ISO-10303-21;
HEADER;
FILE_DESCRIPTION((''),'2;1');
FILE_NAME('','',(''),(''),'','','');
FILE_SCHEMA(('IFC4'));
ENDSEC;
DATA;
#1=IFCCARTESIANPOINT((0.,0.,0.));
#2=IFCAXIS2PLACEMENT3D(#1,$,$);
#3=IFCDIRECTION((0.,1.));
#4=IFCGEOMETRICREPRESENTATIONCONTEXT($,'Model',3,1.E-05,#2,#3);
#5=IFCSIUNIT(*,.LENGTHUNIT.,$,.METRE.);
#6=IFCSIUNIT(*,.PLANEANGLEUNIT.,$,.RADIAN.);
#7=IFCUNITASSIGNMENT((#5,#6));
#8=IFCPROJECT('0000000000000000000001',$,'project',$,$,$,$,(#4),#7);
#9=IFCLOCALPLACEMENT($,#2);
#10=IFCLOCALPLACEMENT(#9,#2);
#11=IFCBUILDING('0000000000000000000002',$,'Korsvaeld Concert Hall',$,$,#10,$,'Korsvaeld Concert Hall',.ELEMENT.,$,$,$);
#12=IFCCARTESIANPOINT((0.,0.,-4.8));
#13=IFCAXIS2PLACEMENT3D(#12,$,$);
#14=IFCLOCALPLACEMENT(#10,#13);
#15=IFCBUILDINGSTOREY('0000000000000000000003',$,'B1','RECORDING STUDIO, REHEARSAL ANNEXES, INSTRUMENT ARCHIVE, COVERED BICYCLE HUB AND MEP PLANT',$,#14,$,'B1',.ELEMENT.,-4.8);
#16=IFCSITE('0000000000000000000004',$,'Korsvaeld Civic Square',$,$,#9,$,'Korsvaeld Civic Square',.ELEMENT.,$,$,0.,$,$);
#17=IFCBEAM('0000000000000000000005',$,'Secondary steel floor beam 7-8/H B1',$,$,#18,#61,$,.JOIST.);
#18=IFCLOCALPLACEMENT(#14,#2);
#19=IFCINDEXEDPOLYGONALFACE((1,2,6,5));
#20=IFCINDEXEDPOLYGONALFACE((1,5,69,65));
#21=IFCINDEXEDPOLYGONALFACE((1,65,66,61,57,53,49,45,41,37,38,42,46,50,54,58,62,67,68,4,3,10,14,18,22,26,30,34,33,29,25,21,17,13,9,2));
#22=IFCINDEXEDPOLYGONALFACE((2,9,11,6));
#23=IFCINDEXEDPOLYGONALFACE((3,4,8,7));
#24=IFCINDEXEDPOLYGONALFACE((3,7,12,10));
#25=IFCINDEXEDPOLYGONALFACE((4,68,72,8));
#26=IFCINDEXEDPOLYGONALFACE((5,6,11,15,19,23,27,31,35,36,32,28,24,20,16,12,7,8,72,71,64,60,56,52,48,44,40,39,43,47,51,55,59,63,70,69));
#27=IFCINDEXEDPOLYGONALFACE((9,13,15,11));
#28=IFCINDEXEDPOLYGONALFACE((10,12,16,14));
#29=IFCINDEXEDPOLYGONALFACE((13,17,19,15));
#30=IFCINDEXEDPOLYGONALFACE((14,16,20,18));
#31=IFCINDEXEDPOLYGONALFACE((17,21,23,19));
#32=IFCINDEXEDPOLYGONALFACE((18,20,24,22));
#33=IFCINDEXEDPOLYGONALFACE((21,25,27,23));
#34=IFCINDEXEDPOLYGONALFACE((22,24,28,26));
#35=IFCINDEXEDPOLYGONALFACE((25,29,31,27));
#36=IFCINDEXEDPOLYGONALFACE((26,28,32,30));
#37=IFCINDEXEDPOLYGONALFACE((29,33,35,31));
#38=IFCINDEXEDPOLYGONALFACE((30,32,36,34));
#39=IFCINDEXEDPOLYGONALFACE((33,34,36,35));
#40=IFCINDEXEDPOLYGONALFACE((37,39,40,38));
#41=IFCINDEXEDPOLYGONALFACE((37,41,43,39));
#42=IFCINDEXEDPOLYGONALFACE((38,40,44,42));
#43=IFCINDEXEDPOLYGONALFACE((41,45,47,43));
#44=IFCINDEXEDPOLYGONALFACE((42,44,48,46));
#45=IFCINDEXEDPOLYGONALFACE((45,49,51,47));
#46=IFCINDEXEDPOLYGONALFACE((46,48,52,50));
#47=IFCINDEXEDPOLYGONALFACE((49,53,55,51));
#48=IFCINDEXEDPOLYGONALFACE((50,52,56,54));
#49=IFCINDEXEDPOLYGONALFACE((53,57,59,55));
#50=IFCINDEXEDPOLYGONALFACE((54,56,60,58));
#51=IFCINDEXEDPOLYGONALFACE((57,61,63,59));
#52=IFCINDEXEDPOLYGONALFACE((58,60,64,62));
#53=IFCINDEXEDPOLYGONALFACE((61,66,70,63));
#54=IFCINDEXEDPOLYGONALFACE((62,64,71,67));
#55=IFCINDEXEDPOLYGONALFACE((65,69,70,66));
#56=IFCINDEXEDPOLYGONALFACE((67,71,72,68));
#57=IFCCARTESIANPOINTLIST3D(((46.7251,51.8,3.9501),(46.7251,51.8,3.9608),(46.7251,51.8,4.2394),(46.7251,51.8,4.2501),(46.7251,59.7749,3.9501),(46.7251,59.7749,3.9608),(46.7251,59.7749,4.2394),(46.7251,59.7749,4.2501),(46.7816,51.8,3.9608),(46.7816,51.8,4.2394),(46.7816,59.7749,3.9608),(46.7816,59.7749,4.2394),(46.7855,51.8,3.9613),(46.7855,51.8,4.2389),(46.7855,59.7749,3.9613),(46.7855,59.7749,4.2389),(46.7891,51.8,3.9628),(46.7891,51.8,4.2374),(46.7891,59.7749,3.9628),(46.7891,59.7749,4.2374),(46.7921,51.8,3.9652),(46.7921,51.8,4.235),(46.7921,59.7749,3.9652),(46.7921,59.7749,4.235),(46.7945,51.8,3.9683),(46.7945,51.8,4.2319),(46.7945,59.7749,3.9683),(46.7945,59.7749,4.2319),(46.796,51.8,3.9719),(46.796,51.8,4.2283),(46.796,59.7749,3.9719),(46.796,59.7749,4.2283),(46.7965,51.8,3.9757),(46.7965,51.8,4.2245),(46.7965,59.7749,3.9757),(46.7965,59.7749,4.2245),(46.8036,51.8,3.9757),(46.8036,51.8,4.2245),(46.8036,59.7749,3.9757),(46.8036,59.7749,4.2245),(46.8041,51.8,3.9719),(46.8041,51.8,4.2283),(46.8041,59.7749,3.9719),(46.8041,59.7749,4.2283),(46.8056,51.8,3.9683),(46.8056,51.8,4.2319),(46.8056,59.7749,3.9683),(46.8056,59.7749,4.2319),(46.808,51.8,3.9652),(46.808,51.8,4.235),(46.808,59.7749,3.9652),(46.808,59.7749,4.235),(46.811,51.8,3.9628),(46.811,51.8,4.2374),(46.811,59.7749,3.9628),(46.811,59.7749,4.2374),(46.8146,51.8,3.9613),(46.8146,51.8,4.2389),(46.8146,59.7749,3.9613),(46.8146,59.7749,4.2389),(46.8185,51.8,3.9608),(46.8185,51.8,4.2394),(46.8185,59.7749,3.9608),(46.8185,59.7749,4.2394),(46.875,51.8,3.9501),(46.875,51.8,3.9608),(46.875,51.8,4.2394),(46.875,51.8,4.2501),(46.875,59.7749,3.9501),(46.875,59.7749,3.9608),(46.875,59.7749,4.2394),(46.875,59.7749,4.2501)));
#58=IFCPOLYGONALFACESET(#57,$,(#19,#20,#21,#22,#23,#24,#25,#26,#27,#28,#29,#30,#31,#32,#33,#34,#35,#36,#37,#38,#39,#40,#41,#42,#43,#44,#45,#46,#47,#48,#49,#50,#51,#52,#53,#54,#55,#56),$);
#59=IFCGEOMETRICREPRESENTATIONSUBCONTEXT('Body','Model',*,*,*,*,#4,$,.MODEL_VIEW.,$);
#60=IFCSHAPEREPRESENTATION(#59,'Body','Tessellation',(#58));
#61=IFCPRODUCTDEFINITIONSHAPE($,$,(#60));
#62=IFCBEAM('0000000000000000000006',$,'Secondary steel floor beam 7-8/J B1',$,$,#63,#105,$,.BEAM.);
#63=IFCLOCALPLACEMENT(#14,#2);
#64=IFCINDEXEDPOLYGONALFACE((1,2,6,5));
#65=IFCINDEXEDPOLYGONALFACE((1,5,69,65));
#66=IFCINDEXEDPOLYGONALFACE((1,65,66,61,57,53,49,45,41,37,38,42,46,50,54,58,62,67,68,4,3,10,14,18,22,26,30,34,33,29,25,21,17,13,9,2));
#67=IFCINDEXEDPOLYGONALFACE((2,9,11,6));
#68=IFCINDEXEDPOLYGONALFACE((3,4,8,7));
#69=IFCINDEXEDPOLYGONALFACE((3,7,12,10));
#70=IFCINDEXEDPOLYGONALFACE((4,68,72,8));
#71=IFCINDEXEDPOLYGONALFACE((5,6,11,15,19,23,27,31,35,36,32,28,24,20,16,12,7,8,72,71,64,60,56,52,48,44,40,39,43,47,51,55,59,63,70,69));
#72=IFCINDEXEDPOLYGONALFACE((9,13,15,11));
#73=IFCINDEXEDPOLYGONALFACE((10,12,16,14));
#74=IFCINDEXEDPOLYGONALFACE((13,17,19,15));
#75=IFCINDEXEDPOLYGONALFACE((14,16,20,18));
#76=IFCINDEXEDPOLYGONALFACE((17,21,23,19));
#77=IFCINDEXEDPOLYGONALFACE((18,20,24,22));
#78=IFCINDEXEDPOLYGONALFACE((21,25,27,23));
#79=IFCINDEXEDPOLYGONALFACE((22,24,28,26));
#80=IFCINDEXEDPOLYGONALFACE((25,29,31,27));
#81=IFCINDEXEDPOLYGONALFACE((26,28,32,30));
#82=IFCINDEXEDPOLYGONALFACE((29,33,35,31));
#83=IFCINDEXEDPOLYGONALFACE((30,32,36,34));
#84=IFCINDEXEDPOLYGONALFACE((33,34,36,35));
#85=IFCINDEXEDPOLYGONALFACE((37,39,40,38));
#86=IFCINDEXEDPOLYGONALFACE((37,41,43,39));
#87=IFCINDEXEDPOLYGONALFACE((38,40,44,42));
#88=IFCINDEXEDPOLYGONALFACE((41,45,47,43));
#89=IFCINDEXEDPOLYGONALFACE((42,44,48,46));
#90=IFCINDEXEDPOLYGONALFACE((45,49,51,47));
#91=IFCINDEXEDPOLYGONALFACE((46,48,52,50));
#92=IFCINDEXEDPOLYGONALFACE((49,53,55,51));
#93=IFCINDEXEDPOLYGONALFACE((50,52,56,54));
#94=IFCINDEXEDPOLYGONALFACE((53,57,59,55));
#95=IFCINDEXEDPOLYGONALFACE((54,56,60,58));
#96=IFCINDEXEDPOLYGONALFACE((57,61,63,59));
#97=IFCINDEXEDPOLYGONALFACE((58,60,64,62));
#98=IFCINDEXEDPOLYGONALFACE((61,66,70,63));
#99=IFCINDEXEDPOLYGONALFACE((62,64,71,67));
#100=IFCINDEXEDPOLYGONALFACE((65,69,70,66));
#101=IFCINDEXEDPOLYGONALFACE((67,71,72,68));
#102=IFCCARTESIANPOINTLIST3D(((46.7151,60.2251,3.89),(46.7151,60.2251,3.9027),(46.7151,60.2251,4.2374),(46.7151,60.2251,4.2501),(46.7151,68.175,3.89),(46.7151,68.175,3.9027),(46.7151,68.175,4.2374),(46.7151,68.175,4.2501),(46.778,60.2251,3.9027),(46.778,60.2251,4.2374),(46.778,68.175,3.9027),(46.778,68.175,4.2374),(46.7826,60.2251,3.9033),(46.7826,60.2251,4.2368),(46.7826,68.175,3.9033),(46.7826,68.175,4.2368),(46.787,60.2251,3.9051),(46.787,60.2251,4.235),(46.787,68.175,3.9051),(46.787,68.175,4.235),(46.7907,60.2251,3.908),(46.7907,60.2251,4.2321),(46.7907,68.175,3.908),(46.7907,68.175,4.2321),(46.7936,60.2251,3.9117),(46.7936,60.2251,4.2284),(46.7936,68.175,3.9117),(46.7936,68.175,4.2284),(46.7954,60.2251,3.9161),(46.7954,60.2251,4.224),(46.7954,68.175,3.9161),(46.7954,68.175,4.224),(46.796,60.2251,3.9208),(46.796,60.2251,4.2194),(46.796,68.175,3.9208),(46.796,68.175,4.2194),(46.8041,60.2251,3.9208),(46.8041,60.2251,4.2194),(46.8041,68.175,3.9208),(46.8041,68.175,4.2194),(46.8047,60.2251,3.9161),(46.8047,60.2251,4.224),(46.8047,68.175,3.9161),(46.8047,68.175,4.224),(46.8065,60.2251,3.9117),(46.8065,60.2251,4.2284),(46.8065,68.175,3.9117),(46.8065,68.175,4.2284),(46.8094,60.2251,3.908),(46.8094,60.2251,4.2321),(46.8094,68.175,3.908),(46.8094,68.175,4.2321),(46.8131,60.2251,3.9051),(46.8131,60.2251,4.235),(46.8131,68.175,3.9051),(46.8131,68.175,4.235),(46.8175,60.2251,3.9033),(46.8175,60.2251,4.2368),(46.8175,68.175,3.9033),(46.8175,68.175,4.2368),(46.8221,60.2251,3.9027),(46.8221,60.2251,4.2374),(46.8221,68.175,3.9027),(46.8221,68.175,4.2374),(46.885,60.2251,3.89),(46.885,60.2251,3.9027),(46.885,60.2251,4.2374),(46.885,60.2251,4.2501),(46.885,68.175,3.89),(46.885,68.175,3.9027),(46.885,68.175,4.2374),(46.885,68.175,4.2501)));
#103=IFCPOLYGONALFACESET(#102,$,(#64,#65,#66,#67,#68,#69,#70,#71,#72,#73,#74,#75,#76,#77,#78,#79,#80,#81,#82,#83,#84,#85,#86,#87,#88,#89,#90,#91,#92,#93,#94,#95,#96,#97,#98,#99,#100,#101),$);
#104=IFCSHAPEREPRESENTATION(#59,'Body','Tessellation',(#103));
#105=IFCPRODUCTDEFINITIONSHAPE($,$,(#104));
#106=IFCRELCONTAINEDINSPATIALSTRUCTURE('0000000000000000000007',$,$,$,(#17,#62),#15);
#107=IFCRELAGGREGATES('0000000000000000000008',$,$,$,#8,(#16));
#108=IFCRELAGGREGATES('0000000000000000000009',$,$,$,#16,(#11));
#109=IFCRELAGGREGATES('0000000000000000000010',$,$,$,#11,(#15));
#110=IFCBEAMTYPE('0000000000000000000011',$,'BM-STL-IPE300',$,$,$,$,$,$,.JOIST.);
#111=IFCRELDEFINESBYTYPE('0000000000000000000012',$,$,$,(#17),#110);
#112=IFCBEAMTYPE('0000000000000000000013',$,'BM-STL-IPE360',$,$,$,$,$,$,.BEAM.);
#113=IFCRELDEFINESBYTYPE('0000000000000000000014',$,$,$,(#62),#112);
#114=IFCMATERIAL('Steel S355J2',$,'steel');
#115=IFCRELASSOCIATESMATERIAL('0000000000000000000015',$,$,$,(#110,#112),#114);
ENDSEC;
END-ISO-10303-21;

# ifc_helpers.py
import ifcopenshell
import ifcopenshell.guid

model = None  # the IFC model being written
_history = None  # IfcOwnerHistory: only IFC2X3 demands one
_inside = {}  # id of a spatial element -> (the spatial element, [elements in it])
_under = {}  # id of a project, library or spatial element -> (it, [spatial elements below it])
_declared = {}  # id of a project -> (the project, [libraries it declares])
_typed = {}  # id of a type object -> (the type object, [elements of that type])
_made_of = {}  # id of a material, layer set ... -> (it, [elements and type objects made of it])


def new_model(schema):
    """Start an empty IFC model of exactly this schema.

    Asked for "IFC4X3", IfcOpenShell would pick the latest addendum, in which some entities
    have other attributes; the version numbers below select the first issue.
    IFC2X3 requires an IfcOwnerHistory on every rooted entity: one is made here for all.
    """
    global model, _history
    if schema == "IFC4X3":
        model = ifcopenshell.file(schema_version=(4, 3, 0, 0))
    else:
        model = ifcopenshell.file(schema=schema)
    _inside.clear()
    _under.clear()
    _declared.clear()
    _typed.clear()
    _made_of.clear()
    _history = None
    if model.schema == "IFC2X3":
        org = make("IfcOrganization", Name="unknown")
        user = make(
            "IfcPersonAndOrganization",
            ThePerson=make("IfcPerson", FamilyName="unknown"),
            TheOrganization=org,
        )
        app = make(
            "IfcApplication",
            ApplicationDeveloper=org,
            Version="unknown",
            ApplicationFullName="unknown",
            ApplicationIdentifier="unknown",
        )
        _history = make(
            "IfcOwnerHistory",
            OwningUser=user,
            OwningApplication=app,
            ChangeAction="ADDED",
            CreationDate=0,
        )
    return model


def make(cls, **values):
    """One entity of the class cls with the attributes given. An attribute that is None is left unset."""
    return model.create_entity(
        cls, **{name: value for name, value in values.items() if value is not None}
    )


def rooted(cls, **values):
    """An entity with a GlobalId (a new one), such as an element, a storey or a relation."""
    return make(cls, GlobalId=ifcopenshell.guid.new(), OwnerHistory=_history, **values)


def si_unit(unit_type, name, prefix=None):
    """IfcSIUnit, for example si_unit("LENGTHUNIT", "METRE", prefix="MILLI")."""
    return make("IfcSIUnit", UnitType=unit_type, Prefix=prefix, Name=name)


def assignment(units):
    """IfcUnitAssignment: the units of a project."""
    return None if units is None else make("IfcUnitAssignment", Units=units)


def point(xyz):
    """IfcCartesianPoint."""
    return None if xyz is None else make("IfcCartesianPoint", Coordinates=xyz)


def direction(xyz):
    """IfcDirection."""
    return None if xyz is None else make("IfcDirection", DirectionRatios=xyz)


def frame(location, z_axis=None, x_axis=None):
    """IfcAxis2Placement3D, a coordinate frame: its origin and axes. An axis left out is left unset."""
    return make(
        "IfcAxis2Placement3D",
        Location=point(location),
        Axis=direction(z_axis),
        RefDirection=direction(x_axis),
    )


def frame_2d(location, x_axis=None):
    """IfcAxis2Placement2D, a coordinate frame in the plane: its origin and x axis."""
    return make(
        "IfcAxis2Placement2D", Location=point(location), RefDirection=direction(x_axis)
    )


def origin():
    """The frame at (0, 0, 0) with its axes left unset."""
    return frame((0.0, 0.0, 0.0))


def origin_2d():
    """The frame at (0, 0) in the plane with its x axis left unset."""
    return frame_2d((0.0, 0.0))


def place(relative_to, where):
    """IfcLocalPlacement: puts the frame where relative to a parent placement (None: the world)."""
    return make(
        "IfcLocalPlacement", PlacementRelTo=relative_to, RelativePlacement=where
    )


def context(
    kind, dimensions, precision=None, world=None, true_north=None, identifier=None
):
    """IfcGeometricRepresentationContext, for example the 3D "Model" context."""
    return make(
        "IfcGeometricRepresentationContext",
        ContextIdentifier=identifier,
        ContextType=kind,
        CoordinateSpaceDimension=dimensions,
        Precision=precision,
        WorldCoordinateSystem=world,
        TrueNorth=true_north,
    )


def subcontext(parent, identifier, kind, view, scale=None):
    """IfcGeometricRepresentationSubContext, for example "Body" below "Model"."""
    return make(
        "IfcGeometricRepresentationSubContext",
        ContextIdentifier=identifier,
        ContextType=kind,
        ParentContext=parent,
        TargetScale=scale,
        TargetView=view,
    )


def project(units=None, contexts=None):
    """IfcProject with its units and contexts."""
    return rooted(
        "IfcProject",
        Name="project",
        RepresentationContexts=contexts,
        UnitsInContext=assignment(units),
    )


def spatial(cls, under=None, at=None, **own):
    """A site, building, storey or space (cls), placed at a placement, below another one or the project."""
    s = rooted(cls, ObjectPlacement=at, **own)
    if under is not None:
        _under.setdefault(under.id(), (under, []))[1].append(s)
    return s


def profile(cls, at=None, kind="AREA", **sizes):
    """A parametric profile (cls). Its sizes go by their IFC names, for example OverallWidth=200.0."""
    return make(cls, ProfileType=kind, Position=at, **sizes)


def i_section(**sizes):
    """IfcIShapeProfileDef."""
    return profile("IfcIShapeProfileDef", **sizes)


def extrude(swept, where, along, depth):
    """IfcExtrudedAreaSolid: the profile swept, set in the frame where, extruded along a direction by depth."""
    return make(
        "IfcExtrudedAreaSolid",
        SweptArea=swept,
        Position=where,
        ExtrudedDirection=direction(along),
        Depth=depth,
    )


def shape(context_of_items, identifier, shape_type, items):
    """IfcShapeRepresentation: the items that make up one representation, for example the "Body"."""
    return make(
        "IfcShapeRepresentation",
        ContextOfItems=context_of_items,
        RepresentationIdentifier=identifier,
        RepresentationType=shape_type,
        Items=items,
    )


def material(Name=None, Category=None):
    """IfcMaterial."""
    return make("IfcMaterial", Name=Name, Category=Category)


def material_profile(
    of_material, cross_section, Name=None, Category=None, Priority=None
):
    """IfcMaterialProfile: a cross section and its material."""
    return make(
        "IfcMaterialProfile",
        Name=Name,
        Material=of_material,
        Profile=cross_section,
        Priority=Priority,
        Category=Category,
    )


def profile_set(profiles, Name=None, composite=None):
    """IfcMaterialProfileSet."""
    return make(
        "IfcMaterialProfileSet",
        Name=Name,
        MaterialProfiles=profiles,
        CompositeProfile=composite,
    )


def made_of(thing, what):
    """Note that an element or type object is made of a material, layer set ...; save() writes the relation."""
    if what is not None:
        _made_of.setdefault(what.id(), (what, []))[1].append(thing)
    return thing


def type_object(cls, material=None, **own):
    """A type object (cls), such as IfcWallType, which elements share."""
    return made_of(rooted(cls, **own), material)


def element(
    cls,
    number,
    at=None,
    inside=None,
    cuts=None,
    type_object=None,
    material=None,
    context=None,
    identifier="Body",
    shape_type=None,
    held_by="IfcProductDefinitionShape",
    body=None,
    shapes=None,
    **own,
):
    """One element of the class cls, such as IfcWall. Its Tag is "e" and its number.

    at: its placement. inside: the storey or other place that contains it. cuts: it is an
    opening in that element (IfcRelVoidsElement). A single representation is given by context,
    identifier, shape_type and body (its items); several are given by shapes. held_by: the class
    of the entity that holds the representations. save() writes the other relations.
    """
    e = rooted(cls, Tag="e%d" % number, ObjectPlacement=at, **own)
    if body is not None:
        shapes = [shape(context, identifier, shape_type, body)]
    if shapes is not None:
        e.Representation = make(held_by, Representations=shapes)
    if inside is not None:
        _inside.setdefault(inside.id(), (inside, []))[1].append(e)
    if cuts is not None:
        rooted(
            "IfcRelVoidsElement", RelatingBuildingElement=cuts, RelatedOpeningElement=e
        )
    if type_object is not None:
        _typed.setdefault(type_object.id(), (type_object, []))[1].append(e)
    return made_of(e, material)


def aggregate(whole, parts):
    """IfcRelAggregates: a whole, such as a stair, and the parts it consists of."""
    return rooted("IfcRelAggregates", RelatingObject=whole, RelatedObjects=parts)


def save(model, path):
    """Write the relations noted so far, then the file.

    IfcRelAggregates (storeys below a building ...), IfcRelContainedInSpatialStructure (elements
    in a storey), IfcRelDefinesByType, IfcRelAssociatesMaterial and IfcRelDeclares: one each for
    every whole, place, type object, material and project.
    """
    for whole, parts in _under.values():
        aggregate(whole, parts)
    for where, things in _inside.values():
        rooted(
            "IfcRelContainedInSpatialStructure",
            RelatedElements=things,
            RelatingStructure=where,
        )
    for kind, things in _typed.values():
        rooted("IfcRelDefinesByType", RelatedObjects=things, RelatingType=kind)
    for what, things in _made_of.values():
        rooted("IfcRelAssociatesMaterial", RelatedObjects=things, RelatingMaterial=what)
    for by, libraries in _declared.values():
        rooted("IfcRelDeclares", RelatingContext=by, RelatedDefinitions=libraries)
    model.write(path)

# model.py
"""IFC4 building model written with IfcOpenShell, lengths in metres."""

from ifc_helpers import new_model, si_unit, direction, frame, origin, origin_2d, place, context, subcontext, project, spatial, i_section, extrude, material, material_profile, profile_set, type_object, element, save


model = new_model("IFC4")

# Units and contexts
model_context = context("Model", 3, precision=1e-05, world=origin(), true_north=direction((0.0, 1.0)))
body_context = subcontext(model_context, "Body", "Model", "MODEL_VIEW")
ifc_project = project(units=[si_unit("LENGTHUNIT", "METRE"), si_unit("PLANEANGLEUNIT", "RADIAN")], contexts=[model_context])

# Site, building, storey
site_placement = place(None, origin())
site = spatial("IfcSite", under=ifc_project, at=site_placement, Name="Korsvaeld Civic Square", LongName="Korsvaeld Civic Square", CompositionType="ELEMENT", RefElevation=0.0)
building_placement = place(site_placement, origin())
building = spatial("IfcBuilding", under=site, at=building_placement, Name="Korsvaeld Concert Hall", LongName="Korsvaeld Concert Hall", CompositionType="ELEMENT")
storey_placement = place(building_placement, frame((0.0, 0.0, -4.8)))
storey = spatial("IfcBuildingStorey", under=building, at=storey_placement, Name="B1", Description="RECORDING STUDIO, REHEARSAL ANNEXES, INSTRUMENT ARCHIVE, COVERED BICYCLE HUB AND MEP PLANT", LongName="B1", CompositionType="ELEMENT", Elevation=-4.8)

# Beams
ifc_material_1 = material(Name="Steel S355J2", Category="steel")
ifc_material_profile_1 = material_profile(ifc_material_1, i_section(OverallWidth=0.1499, OverallDepth=0.3, WebThickness=0.0071, FlangeThickness=0.0107, FilletRadius=0.0149, at=origin_2d()), Name="IPE 300")
ifc_profile_set_1 = profile_set([ifc_material_profile_1], Name="Steel S355J2")
beam_type_1 = type_object("IfcBeamType", Name="BM-STL-IPE300", PredefinedType="JOIST", material=ifc_profile_set_1)
beam_1_placement = place(storey_placement, frame((46.8, 51.8, 4.1001), z_axis=(0.0, 1.0, 0.0), x_axis=(-1.0, 0.0, 0.0)))
element("IfcBeam", 1, at=beam_1_placement, inside=storey, type_object=beam_type_1, Name="Secondary steel floor beam 7-8/H B1", PredefinedType="JOIST", context=body_context, shape_type="SweptSolid", body=[
    extrude(i_section(OverallWidth=0.1499, OverallDepth=0.3, WebThickness=0.0071, FlangeThickness=0.0107, FilletRadius=0.0149, at=origin_2d()), origin(), (0.0, 0.0, 1.0), 7.9749),
])
ifc_material_profile_2 = material_profile(ifc_material_1, i_section(OverallWidth=0.1699, OverallDepth=0.3601, WebThickness=0.0081, FlangeThickness=0.0127, FilletRadius=0.0181, at=origin_2d()), Name="IPE 360")
ifc_profile_set_2 = profile_set([ifc_material_profile_2], Name="Steel S355J2")
beam_type_2 = type_object("IfcBeamType", Name="BM-STL-IPE360", PredefinedType="BEAM", material=ifc_profile_set_2)
beam_2_placement = place(storey_placement, frame((46.8, 60.2251, 4.0701), z_axis=(0.0, 1.0, 0.0), x_axis=(-1.0, 0.0, 0.0)))
element("IfcBeam", 2, at=beam_2_placement, inside=storey, type_object=beam_type_2, Name="Secondary steel floor beam 7-8/J B1", PredefinedType="BEAM", context=body_context, shape_type="SweptSolid", body=[
    extrude(i_section(OverallWidth=0.1699, OverallDepth=0.3601, WebThickness=0.0081, FlangeThickness=0.0127, FilletRadius=0.0181, at=origin_2d()), origin(), (0.0, 0.0, 1.0), 7.95),
])

save(model, "model.ifc")
